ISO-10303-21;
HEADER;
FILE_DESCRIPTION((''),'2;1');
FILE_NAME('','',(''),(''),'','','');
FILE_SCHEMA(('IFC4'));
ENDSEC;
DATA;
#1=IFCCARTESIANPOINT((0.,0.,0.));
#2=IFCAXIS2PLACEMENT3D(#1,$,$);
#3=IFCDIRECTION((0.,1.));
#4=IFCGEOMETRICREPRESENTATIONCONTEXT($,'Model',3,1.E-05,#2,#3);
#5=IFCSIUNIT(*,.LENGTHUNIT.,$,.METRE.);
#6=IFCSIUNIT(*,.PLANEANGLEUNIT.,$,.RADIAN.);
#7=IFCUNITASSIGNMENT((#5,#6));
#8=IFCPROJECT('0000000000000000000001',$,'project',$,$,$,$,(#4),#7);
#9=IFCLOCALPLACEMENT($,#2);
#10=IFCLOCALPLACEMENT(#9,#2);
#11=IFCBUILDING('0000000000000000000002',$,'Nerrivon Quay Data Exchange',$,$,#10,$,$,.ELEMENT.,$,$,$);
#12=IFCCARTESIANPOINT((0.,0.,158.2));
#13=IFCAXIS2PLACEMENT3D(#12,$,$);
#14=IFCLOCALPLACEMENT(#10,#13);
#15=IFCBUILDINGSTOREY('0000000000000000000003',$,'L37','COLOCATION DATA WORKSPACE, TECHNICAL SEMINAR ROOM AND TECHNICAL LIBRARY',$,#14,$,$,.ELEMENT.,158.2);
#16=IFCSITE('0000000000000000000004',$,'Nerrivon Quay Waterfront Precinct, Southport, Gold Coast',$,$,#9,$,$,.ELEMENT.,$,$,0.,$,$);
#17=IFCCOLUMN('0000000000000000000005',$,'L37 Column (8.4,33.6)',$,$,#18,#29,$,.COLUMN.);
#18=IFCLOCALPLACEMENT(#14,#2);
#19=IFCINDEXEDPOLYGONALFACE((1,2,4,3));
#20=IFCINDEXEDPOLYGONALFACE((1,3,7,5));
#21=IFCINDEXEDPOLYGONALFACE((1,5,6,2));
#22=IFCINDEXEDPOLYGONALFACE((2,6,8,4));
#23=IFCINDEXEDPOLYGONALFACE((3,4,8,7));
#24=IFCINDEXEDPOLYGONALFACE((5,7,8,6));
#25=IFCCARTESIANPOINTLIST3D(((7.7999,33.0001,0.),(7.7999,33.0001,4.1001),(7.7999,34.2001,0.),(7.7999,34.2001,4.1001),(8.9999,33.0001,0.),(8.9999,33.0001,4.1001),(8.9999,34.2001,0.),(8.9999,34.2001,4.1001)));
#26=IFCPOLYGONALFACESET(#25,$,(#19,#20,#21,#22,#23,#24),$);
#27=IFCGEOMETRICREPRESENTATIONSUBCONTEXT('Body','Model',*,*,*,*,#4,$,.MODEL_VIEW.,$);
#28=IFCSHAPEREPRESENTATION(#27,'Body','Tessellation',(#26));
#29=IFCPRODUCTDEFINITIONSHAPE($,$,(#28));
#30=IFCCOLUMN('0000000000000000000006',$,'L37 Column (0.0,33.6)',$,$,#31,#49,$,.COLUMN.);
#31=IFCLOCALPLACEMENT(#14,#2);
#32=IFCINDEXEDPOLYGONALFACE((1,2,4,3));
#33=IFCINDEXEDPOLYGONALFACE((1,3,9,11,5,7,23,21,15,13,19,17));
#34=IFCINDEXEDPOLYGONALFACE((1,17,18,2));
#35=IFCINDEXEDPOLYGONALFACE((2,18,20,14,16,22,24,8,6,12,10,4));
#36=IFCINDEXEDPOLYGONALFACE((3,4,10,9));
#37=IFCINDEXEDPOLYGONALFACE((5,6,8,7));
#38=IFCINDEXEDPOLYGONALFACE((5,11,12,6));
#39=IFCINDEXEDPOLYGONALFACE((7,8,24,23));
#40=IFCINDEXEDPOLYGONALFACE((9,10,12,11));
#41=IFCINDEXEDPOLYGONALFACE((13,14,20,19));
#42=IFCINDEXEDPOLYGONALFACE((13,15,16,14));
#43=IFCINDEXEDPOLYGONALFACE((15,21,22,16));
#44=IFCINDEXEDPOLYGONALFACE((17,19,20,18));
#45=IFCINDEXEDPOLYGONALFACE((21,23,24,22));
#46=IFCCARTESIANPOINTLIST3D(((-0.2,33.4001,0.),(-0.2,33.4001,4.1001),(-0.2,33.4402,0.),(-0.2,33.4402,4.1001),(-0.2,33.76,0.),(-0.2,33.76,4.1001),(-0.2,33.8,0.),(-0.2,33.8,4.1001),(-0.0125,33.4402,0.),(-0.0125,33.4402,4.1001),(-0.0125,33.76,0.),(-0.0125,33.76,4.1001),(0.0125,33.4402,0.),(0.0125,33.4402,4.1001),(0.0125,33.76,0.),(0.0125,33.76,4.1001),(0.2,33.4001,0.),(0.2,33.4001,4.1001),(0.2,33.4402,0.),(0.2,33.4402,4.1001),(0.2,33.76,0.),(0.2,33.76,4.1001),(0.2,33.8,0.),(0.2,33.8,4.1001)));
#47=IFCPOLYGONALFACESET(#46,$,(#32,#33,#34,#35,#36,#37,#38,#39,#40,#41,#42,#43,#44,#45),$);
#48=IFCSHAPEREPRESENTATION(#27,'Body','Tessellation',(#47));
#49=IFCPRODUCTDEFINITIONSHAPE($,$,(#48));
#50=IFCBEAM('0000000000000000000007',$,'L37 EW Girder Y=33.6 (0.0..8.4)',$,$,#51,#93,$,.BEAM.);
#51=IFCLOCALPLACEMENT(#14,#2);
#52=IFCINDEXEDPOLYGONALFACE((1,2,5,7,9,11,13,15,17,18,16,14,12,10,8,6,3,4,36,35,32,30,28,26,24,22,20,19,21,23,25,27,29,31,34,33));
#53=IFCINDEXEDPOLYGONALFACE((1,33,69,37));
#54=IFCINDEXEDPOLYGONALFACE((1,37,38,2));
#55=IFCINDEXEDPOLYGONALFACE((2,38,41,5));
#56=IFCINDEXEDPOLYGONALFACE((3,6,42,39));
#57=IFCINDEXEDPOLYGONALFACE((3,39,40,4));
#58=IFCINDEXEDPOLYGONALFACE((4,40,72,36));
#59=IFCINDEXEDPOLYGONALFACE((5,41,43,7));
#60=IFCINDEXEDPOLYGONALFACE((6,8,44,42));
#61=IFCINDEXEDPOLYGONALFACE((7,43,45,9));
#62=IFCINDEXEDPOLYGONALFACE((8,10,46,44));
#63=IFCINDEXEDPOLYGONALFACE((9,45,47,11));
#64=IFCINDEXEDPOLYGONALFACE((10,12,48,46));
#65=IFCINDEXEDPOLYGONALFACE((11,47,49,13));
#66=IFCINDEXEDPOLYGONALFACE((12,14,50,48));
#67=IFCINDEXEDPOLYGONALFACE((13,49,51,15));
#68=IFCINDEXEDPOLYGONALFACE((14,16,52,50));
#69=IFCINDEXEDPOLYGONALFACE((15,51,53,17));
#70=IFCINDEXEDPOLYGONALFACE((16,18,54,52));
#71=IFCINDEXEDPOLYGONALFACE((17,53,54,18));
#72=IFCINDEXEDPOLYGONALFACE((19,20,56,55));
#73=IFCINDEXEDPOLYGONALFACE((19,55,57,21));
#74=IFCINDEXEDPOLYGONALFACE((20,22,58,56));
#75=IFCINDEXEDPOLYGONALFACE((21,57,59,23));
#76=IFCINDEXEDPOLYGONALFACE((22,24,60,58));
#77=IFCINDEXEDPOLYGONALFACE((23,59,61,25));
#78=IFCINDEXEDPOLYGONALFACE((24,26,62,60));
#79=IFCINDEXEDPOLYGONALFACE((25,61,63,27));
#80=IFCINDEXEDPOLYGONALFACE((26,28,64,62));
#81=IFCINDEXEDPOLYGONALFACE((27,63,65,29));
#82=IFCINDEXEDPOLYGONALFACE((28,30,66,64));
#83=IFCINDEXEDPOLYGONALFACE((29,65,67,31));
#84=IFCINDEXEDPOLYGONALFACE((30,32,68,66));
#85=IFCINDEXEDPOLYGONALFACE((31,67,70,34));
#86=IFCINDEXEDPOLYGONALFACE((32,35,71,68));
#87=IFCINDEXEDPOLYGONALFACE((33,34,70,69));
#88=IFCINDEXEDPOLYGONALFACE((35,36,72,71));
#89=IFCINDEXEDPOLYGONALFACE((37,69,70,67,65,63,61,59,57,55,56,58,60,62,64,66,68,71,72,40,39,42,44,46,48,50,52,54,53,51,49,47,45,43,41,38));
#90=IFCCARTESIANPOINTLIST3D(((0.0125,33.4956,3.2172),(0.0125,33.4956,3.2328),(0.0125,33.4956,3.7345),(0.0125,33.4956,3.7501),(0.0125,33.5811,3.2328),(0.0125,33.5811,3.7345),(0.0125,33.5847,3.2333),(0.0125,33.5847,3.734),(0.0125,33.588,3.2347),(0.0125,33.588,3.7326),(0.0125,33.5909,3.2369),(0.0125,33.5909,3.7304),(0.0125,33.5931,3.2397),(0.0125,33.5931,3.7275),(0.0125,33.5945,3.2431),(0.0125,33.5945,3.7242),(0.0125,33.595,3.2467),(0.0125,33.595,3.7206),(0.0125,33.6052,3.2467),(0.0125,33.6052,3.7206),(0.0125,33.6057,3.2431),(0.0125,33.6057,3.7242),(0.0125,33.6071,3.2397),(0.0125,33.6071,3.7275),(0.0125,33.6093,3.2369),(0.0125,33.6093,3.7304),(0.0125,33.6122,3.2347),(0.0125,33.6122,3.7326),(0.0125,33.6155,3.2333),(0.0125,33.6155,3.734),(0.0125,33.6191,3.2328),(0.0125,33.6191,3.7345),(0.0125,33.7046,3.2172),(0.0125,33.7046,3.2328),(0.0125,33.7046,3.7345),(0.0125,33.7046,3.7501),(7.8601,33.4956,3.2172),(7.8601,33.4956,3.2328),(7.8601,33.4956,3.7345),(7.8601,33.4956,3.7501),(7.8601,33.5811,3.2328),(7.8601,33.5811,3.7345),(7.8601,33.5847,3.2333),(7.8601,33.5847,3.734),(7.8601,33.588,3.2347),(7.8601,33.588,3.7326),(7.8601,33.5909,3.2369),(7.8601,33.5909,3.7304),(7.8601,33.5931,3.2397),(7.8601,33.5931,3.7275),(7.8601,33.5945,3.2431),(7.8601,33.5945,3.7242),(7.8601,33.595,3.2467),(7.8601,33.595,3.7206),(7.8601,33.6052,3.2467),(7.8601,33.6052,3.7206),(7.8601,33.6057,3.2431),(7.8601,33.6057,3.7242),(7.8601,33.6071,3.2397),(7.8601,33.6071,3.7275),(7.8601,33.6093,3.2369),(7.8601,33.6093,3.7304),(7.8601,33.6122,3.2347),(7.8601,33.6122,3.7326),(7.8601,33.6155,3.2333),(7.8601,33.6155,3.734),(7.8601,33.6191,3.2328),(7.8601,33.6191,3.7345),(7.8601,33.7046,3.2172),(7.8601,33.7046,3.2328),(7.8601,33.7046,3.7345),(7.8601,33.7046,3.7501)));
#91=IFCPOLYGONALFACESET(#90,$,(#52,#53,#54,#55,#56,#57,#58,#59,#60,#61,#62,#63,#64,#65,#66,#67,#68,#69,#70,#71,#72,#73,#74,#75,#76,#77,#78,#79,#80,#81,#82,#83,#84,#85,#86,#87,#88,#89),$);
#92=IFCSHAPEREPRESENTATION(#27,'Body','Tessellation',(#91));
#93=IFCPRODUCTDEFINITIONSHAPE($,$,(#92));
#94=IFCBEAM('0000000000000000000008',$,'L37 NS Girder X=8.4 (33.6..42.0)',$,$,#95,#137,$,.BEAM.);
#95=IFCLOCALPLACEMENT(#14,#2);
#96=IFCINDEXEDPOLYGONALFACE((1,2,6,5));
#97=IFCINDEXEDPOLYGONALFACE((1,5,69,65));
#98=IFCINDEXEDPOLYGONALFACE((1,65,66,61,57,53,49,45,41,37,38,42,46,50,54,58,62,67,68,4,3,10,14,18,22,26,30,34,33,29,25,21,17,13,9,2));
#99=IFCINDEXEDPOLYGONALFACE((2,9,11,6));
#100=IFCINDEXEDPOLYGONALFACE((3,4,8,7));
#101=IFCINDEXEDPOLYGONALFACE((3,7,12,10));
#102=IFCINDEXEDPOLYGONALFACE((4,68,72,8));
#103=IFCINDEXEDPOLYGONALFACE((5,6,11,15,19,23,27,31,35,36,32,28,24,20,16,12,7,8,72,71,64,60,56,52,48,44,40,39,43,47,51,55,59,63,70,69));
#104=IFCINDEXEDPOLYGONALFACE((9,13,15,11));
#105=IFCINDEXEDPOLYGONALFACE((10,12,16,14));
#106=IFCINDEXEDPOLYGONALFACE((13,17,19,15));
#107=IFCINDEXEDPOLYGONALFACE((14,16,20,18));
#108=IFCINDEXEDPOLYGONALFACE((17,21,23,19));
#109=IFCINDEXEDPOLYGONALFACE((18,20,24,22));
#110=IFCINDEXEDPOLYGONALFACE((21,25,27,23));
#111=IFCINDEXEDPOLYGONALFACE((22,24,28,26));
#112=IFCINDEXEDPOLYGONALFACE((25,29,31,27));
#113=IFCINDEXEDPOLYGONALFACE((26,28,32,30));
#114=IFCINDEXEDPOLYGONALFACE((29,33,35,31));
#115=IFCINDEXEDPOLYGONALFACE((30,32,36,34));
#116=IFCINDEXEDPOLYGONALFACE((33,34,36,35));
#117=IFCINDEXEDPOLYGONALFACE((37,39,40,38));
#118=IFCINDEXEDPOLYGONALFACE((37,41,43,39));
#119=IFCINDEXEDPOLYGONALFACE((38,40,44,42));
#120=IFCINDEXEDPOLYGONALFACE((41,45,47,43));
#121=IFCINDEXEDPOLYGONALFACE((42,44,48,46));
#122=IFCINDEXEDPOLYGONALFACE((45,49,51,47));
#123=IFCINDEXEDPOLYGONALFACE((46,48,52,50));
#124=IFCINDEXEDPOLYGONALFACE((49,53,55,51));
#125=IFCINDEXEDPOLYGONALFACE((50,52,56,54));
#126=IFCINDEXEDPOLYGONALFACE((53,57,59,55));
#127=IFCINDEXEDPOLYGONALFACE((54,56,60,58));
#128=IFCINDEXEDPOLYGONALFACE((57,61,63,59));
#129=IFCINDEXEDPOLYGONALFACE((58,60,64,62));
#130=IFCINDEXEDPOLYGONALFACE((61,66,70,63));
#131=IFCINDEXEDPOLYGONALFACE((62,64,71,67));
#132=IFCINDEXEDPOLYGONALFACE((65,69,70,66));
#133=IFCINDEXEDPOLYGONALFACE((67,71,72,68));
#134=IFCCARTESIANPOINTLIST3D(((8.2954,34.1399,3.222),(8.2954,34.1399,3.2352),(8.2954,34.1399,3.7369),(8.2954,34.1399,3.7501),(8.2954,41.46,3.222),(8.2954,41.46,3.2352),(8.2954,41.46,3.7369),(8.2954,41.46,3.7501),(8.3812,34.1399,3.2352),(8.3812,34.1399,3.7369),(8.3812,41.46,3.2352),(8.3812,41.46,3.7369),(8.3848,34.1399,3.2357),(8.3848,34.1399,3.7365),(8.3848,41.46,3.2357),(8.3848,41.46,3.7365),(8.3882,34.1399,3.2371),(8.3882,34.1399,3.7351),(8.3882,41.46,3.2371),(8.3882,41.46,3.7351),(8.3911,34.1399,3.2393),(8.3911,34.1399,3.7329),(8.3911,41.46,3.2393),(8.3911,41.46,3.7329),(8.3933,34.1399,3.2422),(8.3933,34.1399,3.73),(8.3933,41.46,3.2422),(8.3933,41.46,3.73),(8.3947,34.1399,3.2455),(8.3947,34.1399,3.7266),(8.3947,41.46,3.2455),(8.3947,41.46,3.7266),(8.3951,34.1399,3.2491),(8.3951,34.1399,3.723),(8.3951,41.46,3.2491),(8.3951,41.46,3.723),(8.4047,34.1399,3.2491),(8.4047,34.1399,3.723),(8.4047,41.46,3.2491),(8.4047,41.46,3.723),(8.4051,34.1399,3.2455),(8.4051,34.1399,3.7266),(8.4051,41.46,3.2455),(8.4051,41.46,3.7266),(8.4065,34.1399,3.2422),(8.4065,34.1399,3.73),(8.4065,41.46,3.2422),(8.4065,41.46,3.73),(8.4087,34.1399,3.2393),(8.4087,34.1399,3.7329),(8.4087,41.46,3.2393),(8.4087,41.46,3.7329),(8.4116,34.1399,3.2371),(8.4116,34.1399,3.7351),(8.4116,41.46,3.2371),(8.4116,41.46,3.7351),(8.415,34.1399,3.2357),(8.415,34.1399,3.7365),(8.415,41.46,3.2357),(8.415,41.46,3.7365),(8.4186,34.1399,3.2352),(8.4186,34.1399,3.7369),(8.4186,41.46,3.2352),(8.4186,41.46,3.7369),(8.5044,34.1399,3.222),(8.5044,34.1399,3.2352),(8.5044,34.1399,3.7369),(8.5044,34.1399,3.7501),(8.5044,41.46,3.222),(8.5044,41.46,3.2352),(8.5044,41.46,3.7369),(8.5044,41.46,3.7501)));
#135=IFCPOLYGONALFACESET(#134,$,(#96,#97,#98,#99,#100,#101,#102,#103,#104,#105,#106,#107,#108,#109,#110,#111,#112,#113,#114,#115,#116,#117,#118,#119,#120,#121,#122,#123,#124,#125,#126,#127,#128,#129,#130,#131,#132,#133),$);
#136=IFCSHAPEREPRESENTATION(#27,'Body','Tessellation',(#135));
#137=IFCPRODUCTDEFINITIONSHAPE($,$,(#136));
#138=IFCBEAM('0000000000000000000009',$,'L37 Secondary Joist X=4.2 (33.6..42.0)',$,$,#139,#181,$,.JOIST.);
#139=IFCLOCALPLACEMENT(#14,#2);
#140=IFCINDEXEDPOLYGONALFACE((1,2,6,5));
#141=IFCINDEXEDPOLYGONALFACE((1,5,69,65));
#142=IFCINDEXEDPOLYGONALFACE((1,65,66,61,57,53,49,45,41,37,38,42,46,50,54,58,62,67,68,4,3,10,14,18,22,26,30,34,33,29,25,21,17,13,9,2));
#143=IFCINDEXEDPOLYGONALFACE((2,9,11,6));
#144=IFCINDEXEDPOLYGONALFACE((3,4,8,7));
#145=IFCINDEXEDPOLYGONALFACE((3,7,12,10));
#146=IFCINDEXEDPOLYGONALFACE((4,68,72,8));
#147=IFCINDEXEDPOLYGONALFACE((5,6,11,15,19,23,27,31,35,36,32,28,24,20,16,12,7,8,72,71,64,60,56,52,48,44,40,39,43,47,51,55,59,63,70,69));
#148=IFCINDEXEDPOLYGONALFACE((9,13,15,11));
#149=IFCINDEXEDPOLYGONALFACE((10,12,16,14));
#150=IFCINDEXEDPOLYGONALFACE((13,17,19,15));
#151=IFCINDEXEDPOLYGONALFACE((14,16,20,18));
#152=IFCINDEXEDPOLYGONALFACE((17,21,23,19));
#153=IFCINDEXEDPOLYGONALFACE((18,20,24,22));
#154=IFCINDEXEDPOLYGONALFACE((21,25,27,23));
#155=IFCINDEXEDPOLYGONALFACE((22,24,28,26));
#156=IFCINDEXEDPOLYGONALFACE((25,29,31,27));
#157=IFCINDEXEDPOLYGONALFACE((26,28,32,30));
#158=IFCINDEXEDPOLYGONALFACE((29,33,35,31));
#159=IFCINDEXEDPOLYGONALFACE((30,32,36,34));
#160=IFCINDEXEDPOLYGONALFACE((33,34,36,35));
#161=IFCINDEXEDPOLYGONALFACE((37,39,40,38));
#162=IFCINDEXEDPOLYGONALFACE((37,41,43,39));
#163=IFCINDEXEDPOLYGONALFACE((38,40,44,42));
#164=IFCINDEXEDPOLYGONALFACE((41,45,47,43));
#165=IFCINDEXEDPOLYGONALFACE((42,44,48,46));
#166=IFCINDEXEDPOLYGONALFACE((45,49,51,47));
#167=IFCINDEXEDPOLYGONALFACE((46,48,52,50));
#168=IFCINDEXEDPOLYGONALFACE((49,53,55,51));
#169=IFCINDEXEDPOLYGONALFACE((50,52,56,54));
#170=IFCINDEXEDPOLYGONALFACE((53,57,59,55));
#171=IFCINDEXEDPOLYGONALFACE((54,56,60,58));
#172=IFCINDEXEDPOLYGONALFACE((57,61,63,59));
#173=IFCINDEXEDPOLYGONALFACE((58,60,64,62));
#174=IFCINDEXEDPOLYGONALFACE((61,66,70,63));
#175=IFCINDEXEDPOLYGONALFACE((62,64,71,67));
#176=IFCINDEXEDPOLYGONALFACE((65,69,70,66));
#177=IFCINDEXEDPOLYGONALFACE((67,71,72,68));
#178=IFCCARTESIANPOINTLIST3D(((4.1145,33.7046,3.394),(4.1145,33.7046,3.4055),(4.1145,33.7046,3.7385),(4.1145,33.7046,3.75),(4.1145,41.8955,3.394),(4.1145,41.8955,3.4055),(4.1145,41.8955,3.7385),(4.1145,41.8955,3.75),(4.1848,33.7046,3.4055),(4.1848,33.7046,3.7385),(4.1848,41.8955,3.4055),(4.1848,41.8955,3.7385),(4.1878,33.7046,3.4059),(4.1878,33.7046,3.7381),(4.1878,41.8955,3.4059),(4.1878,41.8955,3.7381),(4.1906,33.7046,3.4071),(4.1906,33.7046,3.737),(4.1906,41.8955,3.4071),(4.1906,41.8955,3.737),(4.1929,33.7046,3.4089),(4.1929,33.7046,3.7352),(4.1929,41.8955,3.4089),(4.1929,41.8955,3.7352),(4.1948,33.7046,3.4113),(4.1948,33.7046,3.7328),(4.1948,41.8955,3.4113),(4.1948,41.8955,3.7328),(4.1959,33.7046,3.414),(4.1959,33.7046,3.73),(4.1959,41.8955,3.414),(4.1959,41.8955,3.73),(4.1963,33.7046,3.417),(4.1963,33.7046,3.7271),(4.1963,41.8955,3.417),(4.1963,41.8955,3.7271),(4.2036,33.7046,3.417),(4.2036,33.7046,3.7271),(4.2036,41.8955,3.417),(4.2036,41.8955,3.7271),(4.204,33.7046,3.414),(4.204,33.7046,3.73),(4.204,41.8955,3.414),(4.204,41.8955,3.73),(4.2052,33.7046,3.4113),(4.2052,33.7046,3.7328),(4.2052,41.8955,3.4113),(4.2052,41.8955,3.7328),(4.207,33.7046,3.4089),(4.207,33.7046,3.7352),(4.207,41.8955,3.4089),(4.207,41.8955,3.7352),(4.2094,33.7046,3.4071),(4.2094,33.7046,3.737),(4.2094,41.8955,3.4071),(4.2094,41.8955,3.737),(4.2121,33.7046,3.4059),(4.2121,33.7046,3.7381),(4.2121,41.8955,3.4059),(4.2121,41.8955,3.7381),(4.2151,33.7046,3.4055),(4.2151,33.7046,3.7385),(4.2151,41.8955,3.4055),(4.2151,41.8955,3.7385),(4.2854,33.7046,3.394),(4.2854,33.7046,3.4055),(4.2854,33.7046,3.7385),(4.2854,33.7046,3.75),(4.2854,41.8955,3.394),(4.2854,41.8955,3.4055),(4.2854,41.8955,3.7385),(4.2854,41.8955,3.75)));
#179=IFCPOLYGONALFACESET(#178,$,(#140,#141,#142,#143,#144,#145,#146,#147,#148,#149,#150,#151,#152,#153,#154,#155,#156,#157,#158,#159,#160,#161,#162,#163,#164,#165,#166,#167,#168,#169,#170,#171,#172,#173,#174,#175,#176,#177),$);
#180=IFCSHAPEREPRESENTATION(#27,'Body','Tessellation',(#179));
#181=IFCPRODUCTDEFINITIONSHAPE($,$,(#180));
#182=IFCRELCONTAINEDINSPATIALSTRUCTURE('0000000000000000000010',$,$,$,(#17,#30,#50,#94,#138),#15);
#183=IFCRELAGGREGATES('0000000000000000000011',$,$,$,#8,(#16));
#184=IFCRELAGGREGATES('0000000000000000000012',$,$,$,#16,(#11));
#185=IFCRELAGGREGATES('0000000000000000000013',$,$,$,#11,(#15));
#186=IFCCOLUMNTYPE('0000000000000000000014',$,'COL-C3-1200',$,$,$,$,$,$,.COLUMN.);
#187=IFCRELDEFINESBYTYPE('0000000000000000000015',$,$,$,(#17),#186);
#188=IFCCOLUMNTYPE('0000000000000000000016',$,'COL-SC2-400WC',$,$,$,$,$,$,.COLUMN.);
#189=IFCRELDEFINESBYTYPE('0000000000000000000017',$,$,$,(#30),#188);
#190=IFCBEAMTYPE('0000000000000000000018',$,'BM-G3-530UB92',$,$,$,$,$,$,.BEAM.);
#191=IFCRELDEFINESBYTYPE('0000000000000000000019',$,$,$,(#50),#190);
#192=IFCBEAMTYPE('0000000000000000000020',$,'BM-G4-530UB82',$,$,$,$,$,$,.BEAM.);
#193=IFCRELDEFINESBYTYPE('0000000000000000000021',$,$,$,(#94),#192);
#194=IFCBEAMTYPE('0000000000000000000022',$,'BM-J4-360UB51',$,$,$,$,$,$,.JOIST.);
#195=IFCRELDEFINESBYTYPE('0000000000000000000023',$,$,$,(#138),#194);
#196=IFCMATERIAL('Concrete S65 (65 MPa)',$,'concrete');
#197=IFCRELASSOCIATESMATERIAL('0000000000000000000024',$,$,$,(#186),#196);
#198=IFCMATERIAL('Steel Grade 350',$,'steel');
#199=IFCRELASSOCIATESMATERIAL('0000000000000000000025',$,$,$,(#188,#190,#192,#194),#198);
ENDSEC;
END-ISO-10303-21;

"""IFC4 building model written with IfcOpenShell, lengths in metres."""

from ifc_helpers import new_model, si_unit, direction, frame, origin, origin_2d, place, context, subcontext, project, spatial, rectangle, i_section, extrude, material, material_profile, profile_set, type_object, element, save


model = new_model("IFC4")

# Units and contexts
model_context = context("Model", 3, precision=1e-05, world=origin(), true_north=direction((0.0, 1.0)))
body_context = subcontext(model_context, "Body", "Model", "MODEL_VIEW")
ifc_project = project(units=[si_unit("LENGTHUNIT", "METRE"), si_unit("PLANEANGLEUNIT", "RADIAN")], contexts=[model_context])

# Site, building, storey
site_placement = place(None, origin())
site = spatial("IfcSite", under=ifc_project, at=site_placement, Name="Nerrivon Quay Waterfront Precinct, Southport, Gold Coast", CompositionType="ELEMENT", RefElevation=0.0)
building_placement = place(site_placement, origin())
building = spatial("IfcBuilding", under=site, at=building_placement, Name="Nerrivon Quay Data Exchange", CompositionType="ELEMENT")
storey_placement = place(building_placement, frame((0.0, 0.0, 158.2)))
storey = spatial("IfcBuildingStorey", under=building, at=storey_placement, Name="L37", Description="COLOCATION DATA WORKSPACE, TECHNICAL SEMINAR ROOM AND TECHNICAL LIBRARY", CompositionType="ELEMENT", Elevation=158.2)

# Columns
ifc_material_1 = material(Name="Concrete S65 (65 MPa)", Category="concrete")
ifc_material_profile_1 = material_profile(ifc_material_1, rectangle(XDim=1.2, YDim=1.2, at=origin_2d()), Name="RC-COL-1200x1200")
ifc_profile_set_1 = profile_set([ifc_material_profile_1], Name="Concrete S65 (65 MPa)")
column_type_1 = type_object("IfcColumnType", Name="COL-C3-1200", PredefinedType="COLUMN", material=ifc_profile_set_1)
column_1_placement = place(storey_placement, frame((8.3999, 33.6001, 0.0), z_axis=(0.0, 0.0, 1.0), x_axis=(1.0, 0.0, 0.0)))
element("IfcColumn", 1, at=column_1_placement, inside=storey, type_object=column_type_1, Name="L37 Column (8.4,33.6)", PredefinedType="COLUMN", context=body_context, shape_type="SweptSolid", body=[
    extrude(rectangle(XDim=1.2, YDim=1.2, at=origin_2d()), origin(), (0.0, 0.0, 1.0), 4.1001),
])
ifc_material_2 = material(Name="Steel Grade 350", Category="steel")
ifc_material_profile_2 = material_profile(ifc_material_2, i_section(OverallWidth=0.3999, OverallDepth=0.3999, WebThickness=0.0249, FlangeThickness=0.04, at=origin_2d()), Name="400WC328")
ifc_profile_set_2 = profile_set([ifc_material_profile_2], Name="Steel Grade 350")
column_type_2 = type_object("IfcColumnType", Name="COL-SC2-400WC", PredefinedType="COLUMN", material=ifc_profile_set_2)
column_2_placement = place(storey_placement, frame((0.0, 33.6001, 0.0), z_axis=(0.0, 0.0, 1.0), x_axis=(1.0, 0.0, 0.0)))
element("IfcColumn", 2, at=column_2_placement, inside=storey, type_object=column_type_2, Name="L37 Column (0.0,33.6)", PredefinedType="COLUMN", context=body_context, shape_type="SweptSolid", body=[
    extrude(i_section(OverallWidth=0.3999, OverallDepth=0.3999, WebThickness=0.0249, FlangeThickness=0.04, at=origin_2d()), origin(), (0.0, 0.0, 1.0), 4.1001),
])

# Beams
ifc_material_profile_3 = material_profile(ifc_material_2, i_section(OverallWidth=0.209, OverallDepth=0.533, WebThickness=0.0103, FlangeThickness=0.0156, FilletRadius=0.0139, at=origin_2d()), Name="530UB92.4")
ifc_profile_set_3 = profile_set([ifc_material_profile_3], Name="Steel Grade 350")
beam_type_1 = type_object("IfcBeamType", Name="BM-G3-530UB92", PredefinedType="BEAM", material=ifc_profile_set_3)
beam_1_placement = place(storey_placement, frame((0.0125, 33.6001, 3.4836), z_axis=(1.0, 0.0, 0.0), x_axis=(0.0, 1.0, 0.0)))
element("IfcBeam", 3, at=beam_1_placement, inside=storey, type_object=beam_type_1, Name="L37 EW Girder Y=33.6 (0.0..8.4)", PredefinedType="BEAM", context=body_context, shape_type="SweptSolid", body=[
    extrude(i_section(OverallWidth=0.209, OverallDepth=0.533, WebThickness=0.0103, FlangeThickness=0.0156, FilletRadius=0.0139, at=origin_2d()), origin(), (0.0, 0.0, 1.0), 7.8477),
])
ifc_material_profile_4 = material_profile(ifc_material_2, i_section(OverallWidth=0.209, OverallDepth=0.5281, WebThickness=0.0095, FlangeThickness=0.0132, FilletRadius=0.0139, at=origin_2d()), Name="530UB82.0")
ifc_profile_set_4 = profile_set([ifc_material_profile_4], Name="Steel Grade 350")
beam_type_2 = type_object("IfcBeamType", Name="BM-G4-530UB82", PredefinedType="BEAM", material=ifc_profile_set_4)
beam_2_placement = place(storey_placement, frame((8.3999, 34.1399, 3.4861), z_axis=(0.0, 1.0, 0.0), x_axis=(-1.0, 0.0, 0.0)))
element("IfcBeam", 4, at=beam_2_placement, inside=storey, type_object=beam_type_2, Name="L37 NS Girder X=8.4 (33.6..42.0)", PredefinedType="BEAM", context=body_context, shape_type="SweptSolid", body=[
    extrude(i_section(OverallWidth=0.209, OverallDepth=0.5281, WebThickness=0.0095, FlangeThickness=0.0132, FilletRadius=0.0139, at=origin_2d()), origin(), (0.0, 0.0, 1.0), 7.3201),
])
ifc_material_profile_5 = material_profile(ifc_material_2, i_section(OverallWidth=0.1709, OverallDepth=0.356, WebThickness=0.0073, FlangeThickness=0.0115, FilletRadius=0.0115, at=origin_2d()), Name="360UB50.7")
ifc_profile_set_5 = profile_set([ifc_material_profile_5], Name="Steel Grade 350")
beam_type_3 = type_object("IfcBeamType", Name="BM-J4-360UB51", PredefinedType="JOIST", material=ifc_profile_set_5)
beam_3_placement = place(storey_placement, frame((4.2, 33.7046, 3.572), z_axis=(0.0, 1.0, 0.0), x_axis=(-1.0, 0.0, 0.0)))
element("IfcBeam", 5, at=beam_3_placement, inside=storey, type_object=beam_type_3, Name="L37 Secondary Joist X=4.2 (33.6..42.0)", PredefinedType="JOIST", context=body_context, shape_type="SweptSolid", body=[
    extrude(i_section(OverallWidth=0.1709, OverallDepth=0.356, WebThickness=0.0073, FlangeThickness=0.0115, FilletRadius=0.0115, at=origin_2d()), origin(), (0.0, 0.0, 1.0), 8.1909),
])

save(model, "model.ifc")
